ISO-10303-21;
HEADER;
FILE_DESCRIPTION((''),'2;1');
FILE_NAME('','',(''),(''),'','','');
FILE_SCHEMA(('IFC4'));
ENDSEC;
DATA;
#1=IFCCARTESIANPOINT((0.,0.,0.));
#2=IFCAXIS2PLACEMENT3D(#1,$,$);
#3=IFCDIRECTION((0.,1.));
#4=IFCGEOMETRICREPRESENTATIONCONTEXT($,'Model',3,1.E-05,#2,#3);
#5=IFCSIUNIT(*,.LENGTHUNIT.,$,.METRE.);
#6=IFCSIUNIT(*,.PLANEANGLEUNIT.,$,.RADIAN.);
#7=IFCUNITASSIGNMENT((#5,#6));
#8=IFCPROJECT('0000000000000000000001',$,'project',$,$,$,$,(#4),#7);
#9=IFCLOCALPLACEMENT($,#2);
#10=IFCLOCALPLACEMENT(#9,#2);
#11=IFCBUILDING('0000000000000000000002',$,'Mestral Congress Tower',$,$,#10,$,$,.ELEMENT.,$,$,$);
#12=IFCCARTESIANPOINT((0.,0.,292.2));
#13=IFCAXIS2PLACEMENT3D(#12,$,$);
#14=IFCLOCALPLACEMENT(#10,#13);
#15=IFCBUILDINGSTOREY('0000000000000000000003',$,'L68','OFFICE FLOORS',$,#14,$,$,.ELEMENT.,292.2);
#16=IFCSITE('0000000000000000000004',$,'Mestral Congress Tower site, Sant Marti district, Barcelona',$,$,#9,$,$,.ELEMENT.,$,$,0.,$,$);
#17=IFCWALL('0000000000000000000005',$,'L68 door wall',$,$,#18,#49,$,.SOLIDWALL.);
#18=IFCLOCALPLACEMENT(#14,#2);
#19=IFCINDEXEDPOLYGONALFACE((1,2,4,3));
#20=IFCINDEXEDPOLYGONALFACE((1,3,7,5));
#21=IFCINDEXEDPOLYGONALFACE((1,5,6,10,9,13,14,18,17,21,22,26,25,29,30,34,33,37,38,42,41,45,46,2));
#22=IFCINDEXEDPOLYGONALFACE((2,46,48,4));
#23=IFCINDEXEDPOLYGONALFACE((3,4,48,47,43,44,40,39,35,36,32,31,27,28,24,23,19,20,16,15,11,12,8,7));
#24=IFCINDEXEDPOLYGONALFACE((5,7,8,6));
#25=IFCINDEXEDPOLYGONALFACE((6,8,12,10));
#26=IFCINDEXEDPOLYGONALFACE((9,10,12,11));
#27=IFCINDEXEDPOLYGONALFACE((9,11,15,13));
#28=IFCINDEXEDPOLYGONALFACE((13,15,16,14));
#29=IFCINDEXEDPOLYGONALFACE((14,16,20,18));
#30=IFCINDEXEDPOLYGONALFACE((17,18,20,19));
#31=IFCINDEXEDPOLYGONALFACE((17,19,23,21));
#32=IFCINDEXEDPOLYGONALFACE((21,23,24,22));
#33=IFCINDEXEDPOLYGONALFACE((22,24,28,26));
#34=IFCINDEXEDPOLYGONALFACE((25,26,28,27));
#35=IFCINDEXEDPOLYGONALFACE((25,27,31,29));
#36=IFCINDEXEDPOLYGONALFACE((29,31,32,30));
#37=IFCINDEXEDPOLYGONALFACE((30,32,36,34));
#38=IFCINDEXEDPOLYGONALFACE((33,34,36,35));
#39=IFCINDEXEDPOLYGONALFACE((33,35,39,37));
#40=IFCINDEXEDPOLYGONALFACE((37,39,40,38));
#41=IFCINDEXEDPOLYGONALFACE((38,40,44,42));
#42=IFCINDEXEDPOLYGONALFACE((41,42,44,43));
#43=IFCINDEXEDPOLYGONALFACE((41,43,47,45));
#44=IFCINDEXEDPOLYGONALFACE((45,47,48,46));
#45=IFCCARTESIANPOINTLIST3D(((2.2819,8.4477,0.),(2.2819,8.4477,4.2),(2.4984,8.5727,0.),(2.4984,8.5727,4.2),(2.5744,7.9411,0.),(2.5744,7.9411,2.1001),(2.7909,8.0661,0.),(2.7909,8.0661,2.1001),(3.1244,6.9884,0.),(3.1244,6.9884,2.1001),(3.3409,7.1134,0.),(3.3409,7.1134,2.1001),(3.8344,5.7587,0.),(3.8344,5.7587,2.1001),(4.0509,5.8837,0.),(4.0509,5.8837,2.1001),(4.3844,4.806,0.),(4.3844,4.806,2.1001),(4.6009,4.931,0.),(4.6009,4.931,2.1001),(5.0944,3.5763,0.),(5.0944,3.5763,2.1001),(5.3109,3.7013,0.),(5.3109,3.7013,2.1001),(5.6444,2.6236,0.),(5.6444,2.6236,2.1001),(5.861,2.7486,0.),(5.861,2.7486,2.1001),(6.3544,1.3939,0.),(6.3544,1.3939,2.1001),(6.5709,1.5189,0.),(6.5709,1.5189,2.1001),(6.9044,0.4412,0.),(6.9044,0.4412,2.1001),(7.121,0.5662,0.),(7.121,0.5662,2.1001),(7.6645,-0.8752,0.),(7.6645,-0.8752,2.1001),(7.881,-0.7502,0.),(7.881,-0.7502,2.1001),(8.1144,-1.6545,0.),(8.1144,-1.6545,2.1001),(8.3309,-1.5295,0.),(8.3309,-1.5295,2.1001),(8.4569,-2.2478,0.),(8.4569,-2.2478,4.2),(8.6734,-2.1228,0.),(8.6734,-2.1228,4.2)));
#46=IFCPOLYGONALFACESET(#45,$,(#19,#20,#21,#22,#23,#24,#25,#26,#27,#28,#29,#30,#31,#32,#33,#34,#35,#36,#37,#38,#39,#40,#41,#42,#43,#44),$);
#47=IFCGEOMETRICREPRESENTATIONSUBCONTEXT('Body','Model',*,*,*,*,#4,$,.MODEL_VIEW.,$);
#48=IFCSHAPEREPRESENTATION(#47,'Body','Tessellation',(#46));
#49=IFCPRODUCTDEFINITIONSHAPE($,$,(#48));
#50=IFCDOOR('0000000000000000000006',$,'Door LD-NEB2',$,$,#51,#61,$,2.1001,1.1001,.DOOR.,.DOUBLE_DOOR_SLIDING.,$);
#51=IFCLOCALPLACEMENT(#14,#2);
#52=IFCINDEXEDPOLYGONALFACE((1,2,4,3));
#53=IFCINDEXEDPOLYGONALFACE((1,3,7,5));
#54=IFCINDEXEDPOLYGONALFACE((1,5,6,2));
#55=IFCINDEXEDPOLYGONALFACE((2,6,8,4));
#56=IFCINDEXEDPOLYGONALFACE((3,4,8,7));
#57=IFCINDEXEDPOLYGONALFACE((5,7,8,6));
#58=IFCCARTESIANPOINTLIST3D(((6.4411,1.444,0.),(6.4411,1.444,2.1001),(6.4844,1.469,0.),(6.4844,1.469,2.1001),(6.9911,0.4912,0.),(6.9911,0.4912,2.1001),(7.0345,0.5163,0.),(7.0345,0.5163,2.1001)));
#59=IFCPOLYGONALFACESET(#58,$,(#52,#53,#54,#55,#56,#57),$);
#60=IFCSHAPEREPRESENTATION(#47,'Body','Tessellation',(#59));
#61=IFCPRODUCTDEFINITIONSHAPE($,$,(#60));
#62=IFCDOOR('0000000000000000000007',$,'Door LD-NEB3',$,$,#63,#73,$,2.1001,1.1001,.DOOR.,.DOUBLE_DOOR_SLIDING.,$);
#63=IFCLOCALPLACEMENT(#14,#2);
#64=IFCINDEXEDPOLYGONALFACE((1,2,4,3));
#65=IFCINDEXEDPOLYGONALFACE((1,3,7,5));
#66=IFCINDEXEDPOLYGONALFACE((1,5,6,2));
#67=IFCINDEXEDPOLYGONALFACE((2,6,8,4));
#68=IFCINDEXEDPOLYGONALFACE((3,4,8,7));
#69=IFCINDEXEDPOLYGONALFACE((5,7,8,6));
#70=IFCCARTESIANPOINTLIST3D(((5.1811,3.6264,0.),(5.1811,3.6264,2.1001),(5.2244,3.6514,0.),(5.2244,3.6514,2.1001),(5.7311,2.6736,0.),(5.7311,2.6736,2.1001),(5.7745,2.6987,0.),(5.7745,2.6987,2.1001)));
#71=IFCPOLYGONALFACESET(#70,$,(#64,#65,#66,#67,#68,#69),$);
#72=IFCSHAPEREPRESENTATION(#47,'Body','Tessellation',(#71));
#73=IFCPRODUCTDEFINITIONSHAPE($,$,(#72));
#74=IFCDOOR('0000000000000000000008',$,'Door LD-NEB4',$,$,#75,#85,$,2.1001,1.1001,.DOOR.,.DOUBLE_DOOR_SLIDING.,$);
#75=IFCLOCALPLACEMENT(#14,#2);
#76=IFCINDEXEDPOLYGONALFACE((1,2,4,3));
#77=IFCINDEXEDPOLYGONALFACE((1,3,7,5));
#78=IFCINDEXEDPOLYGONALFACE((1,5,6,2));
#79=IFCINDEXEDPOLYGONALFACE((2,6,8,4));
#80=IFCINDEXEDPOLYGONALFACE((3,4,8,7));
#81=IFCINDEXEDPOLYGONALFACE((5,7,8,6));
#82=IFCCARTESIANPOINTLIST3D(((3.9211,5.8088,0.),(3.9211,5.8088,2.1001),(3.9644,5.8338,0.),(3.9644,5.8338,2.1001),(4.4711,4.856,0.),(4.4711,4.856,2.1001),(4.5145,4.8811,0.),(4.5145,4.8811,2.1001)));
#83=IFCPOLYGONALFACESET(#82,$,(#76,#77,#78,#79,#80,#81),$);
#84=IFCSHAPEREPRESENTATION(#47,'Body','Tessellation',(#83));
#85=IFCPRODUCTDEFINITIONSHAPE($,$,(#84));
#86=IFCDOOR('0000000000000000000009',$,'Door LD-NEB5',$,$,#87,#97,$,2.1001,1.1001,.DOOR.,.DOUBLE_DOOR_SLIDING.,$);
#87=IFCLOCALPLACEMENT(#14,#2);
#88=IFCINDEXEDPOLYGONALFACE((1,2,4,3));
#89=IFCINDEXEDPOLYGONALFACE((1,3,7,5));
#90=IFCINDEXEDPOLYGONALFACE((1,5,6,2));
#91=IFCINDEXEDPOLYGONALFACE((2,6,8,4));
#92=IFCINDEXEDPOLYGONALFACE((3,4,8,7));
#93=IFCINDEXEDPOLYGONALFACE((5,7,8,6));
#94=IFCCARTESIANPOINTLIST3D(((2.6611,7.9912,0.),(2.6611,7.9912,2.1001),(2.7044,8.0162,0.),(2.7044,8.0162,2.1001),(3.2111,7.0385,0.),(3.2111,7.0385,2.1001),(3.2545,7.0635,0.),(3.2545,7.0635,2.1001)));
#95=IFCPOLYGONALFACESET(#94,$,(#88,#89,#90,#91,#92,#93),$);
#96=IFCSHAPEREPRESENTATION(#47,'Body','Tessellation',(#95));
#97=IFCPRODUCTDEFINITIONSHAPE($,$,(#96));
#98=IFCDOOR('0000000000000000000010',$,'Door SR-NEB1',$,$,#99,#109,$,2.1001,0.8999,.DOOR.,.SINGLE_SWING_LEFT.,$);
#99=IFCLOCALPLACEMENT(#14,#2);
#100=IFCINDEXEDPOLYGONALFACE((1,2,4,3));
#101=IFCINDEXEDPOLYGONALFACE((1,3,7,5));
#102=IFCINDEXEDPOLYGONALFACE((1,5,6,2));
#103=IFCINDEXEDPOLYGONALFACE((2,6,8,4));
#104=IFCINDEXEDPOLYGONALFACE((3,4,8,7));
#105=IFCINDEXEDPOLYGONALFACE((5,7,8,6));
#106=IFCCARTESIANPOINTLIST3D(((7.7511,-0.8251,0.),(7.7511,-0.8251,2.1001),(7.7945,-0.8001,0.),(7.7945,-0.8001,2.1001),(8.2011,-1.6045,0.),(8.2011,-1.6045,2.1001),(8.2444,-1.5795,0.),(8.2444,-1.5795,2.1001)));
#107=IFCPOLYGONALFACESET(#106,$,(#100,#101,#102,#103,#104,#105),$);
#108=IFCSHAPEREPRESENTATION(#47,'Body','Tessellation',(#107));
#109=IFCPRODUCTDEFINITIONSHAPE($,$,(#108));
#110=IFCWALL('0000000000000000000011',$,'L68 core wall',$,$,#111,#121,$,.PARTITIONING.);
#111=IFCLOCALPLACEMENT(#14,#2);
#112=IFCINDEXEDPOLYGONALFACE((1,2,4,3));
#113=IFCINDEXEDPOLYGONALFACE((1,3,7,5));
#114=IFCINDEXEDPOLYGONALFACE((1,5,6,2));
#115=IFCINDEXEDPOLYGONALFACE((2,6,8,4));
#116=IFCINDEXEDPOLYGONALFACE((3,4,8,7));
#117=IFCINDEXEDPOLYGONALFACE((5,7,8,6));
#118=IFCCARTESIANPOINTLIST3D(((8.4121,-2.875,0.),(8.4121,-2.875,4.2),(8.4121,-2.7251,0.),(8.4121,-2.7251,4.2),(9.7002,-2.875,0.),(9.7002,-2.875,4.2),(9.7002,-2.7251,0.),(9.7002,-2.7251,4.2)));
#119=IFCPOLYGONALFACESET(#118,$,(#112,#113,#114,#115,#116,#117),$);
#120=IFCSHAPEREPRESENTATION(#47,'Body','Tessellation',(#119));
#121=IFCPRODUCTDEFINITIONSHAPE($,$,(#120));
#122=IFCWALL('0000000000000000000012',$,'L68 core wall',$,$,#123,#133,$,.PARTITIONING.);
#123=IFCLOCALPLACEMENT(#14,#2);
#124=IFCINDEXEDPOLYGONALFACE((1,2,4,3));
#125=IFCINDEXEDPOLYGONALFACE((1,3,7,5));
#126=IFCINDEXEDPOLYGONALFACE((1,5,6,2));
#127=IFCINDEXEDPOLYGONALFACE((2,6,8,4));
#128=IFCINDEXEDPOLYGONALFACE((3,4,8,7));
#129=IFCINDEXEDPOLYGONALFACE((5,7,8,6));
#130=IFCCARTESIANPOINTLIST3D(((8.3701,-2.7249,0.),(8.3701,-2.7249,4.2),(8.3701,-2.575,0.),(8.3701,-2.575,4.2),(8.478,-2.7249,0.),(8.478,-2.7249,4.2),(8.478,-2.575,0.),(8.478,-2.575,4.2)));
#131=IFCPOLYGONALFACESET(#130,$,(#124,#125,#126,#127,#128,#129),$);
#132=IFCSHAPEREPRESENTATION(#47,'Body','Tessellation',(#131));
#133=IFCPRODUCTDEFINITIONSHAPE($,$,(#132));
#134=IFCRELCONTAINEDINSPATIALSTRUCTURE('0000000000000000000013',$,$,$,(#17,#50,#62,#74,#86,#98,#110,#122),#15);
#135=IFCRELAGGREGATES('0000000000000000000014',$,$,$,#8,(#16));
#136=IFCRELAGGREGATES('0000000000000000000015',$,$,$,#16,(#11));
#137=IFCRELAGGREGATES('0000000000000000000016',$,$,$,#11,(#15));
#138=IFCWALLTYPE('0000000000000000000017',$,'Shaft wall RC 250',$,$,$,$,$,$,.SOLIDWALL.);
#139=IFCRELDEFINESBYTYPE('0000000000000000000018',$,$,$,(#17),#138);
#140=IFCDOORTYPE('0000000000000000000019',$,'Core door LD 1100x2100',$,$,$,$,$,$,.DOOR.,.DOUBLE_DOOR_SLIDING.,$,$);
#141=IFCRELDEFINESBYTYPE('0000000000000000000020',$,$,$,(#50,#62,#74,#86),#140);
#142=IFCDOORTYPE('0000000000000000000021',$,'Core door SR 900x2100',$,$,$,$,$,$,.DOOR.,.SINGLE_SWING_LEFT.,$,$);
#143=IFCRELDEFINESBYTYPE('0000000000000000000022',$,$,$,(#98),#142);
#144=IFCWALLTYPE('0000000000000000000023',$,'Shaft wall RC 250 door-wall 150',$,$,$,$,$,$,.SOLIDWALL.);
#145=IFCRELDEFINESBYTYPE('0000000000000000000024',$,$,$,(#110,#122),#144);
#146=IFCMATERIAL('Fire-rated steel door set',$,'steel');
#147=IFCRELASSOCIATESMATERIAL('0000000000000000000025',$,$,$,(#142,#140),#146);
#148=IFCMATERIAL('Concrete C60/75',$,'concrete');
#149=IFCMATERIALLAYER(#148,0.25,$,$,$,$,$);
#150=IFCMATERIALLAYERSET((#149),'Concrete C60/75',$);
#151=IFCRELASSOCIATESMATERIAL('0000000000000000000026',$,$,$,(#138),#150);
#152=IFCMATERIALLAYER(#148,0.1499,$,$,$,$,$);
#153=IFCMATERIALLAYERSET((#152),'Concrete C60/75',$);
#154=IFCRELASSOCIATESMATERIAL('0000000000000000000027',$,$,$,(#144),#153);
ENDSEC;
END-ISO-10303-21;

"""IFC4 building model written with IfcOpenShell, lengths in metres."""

from ifc_helpers import new_model, si_unit, direction, frame, frame_2d, origin, place, context, subcontext, project, spatial, rectangle, extrude, material, layer, layer_set, type_object, element, fill, save


model = new_model("IFC4")

# Units and contexts
model_context = context("Model", 3, precision=1e-05, world=origin(), true_north=direction((0.0, 1.0)))
body_context = subcontext(model_context, "Body", "Model", "MODEL_VIEW")
ifc_project = project(units=[si_unit("LENGTHUNIT", "METRE"), si_unit("PLANEANGLEUNIT", "RADIAN")], contexts=[model_context])

# Site, building, storey
site_placement = place(None, origin())
site = spatial("IfcSite", under=ifc_project, at=site_placement, Name="Mestral Congress Tower site, Sant Marti district, Barcelona", CompositionType="ELEMENT", RefElevation=0.0)
building_placement = place(site_placement, origin())
building = spatial("IfcBuilding", under=site, at=building_placement, Name="Mestral Congress Tower", CompositionType="ELEMENT")
storey_placement = place(building_placement, frame((0.0, 0.0, 292.2)))
storey = spatial("IfcBuildingStorey", under=building, at=storey_placement, Name="L68", Description="OFFICE FLOORS", CompositionType="ELEMENT", Elevation=292.2)

# Shared definitions
ifc_material_1 = material(Name="Fire-rated steel door set", Category="steel")
door_type_1 = type_object("IfcDoorType", Name="Core door SR 900x2100", OperationType="SINGLE_SWING_LEFT", PredefinedType="DOOR", material=ifc_material_1)

# Shared definitions
ifc_material_2 = material(Name="Concrete C60/75", Category="concrete")

# Shared definitions
ifc_layer_1 = layer(ifc_material_2, 0.25)
ifc_layer_set_1 = layer_set([ifc_layer_1], Name="Concrete C60/75")
wall_type_1 = type_object("IfcWallType", Name="Shaft wall RC 250", PredefinedType="SOLIDWALL", material=ifc_layer_set_1)

# Wall, openings, doors
wall_1_placement = place(storey_placement, frame((8.5652, -2.1853, 0.0), z_axis=(0.0, 0.0, 1.0), x_axis=(-0.499998, 0.866027, 0.0)))
wall_1 = element("IfcWall", 1, at=wall_1_placement, inside=storey, type_object=wall_type_1, Name="L68 door wall", PredefinedType="SOLIDWALL", context=body_context, shape_type="SweptSolid", body=[
    extrude(rectangle(XDim=12.3501, YDim=0.25, at=frame_2d((6.175, 0.0))), origin(), (0.0, 0.0, 1.0), 4.2),
])
opening_1_placement = place(wall_1_placement, frame((0.6851, 0.0, 0.0)))
opening_1 = element("IfcOpeningElement", 2, at=opening_1_placement, cuts=wall_1, PredefinedType="OPENING", context=body_context, shape_type="SweptSolid", body=[
    extrude(rectangle(XDim=0.8999, YDim=2.1001, at=frame_2d((0.45, 1.05))), frame((0.0, 0.135, 0.0), z_axis=(0.0, -1.0, 0.0), x_axis=(1.0, 0.0, 0.0)), (0.0, 0.0, 1.0), 0.27),
])
opening_2_placement = place(wall_1_placement, frame((3.105, 0.0, 0.0)))
opening_2 = element("IfcOpeningElement", 3, at=opening_2_placement, cuts=wall_1, PredefinedType="OPENING", context=body_context, shape_type="SweptSolid", body=[
    extrude(rectangle(XDim=1.1001, YDim=2.1001, at=frame_2d((0.55, 1.05))), frame((0.0, 0.135, 0.0), z_axis=(0.0, -1.0, 0.0), x_axis=(1.0, 0.0, 0.0)), (0.0, 0.0, 1.0), 0.27),
])
opening_3_placement = place(wall_1_placement, frame((5.625, 0.0, 0.0)))
opening_3 = element("IfcOpeningElement", 4, at=opening_3_placement, cuts=wall_1, PredefinedType="OPENING", context=body_context, shape_type="SweptSolid", body=[
    extrude(rectangle(XDim=1.1001, YDim=2.1001, at=frame_2d((0.55, 1.05))), frame((0.0, 0.135, 0.0), z_axis=(0.0, -1.0, 0.0), x_axis=(1.0, 0.0, 0.0)), (0.0, 0.0, 1.0), 0.27),
])
opening_4_placement = place(wall_1_placement, frame((8.145, 0.0, 0.0)))
opening_4 = element("IfcOpeningElement", 5, at=opening_4_placement, cuts=wall_1, PredefinedType="OPENING", context=body_context, shape_type="SweptSolid", body=[
    extrude(rectangle(XDim=1.1001, YDim=2.1001, at=frame_2d((0.55, 1.05))), frame((0.0, 0.135, 0.0), z_axis=(0.0, -1.0, 0.0), x_axis=(1.0, 0.0, 0.0)), (0.0, 0.0, 1.0), 0.27),
])
opening_5_placement = place(wall_1_placement, frame((10.665, 0.0, 0.0)))
opening_5 = element("IfcOpeningElement", 6, at=opening_5_placement, cuts=wall_1, PredefinedType="OPENING", context=body_context, shape_type="SweptSolid", body=[
    extrude(rectangle(XDim=1.1001, YDim=2.1001, at=frame_2d((0.55, 1.05))), frame((0.0, 0.135, 0.0), z_axis=(0.0, -1.0, 0.0), x_axis=(1.0, 0.0, 0.0)), (0.0, 0.0, 1.0), 0.27),
])
door_type_2 = type_object("IfcDoorType", Name="Core door LD 1100x2100", OperationType="DOUBLE_DOOR_SLIDING", PredefinedType="DOOR", material=ifc_material_1)
door_1_placement = place(opening_2_placement, origin())
door_1 = element("IfcDoor", 7, at=door_1_placement, inside=storey, type_object=door_type_2, Name="Door LD-NEB2", OperationType="DOUBLE_DOOR_SLIDING", OverallHeight=2.1001, OverallWidth=1.1001, PredefinedType="DOOR", context=body_context, shape_type="SweptSolid", body=[
    extrude(rectangle(XDim=1.1001, YDim=2.1001, at=frame_2d((0.55, 1.05))), frame((0.0, 0.0249, 0.0), z_axis=(0.0, -1.0, 0.0), x_axis=(1.0, 0.0, 0.0)), (0.0, 0.0, 1.0), 0.05),
])
fill(opening_2, door_1)
door_2_placement = place(opening_3_placement, origin())
door_2 = element("IfcDoor", 8, at=door_2_placement, inside=storey, type_object=door_type_2, Name="Door LD-NEB3", OperationType="DOUBLE_DOOR_SLIDING", OverallHeight=2.1001, OverallWidth=1.1001, PredefinedType="DOOR", context=body_context, shape_type="SweptSolid", body=[
    extrude(rectangle(XDim=1.1001, YDim=2.1001, at=frame_2d((0.55, 1.05))), frame((0.0, 0.0249, 0.0), z_axis=(0.0, -1.0, 0.0), x_axis=(1.0, 0.0, 0.0)), (0.0, 0.0, 1.0), 0.05),
])
fill(opening_3, door_2)
door_3_placement = place(opening_4_placement, origin())
door_3 = element("IfcDoor", 9, at=door_3_placement, inside=storey, type_object=door_type_2, Name="Door LD-NEB4", OperationType="DOUBLE_DOOR_SLIDING", OverallHeight=2.1001, OverallWidth=1.1001, PredefinedType="DOOR", context=body_context, shape_type="SweptSolid", body=[
    extrude(rectangle(XDim=1.1001, YDim=2.1001, at=frame_2d((0.55, 1.05))), frame((0.0, 0.0249, 0.0), z_axis=(0.0, -1.0, 0.0), x_axis=(1.0, 0.0, 0.0)), (0.0, 0.0, 1.0), 0.05),
])
fill(opening_4, door_3)
door_4_placement = place(opening_5_placement, origin())
door_4 = element("IfcDoor", 10, at=door_4_placement, inside=storey, type_object=door_type_2, Name="Door LD-NEB5", OperationType="DOUBLE_DOOR_SLIDING", OverallHeight=2.1001, OverallWidth=1.1001, PredefinedType="DOOR", context=body_context, shape_type="SweptSolid", body=[
    extrude(rectangle(XDim=1.1001, YDim=2.1001, at=frame_2d((0.55, 1.05))), frame((0.0, 0.0249, 0.0), z_axis=(0.0, -1.0, 0.0), x_axis=(1.0, 0.0, 0.0)), (0.0, 0.0, 1.0), 0.05),
])
fill(opening_5, door_4)
door_5_placement = place(opening_1_placement, origin())
door_5 = element("IfcDoor", 11, at=door_5_placement, inside=storey, type_object=door_type_1, Name="Door SR-NEB1", OperationType="SINGLE_SWING_LEFT", OverallHeight=2.1001, OverallWidth=0.8999, PredefinedType="DOOR", context=body_context, shape_type="SweptSolid", body=[
    extrude(rectangle(XDim=0.8999, YDim=2.1001, at=frame_2d((0.45, 1.05))), frame((0.0, 0.0249, 0.0), z_axis=(0.0, -1.0, 0.0), x_axis=(1.0, 0.0, 0.0)), (0.0, 0.0, 1.0), 0.05),
])
fill(opening_1, door_5)

# Walls
ifc_layer_2 = layer(ifc_material_2, 0.1499)
ifc_layer_set_2 = layer_set([ifc_layer_2], Name="Concrete C60/75")
wall_type_2 = type_object("IfcWallType", Name="Shaft wall RC 250 door-wall 150", PredefinedType="SOLIDWALL", material=ifc_layer_set_2)
wall_2_placement = place(storey_placement, frame((8.4121, -2.8, 0.0), z_axis=(0.0, 0.0, 1.0), x_axis=(1.0, 0.0, 0.0)))
element("IfcWall", 12, at=wall_2_placement, inside=storey, type_object=wall_type_2, Name="L68 core wall", PredefinedType="PARTITIONING", context=body_context, shape_type="SweptSolid", body=[
    extrude(rectangle(XDim=1.2881, YDim=0.1499, at=frame_2d((0.644, 0.0))), origin(), (0.0, 0.0, 1.0), 4.2),
])
wall_3_placement = place(storey_placement, frame((8.3701, -2.6499, 0.0), z_axis=(0.0, 0.0, 1.0), x_axis=(1.0, 0.0, 0.0)))
element("IfcWall", 13, at=wall_3_placement, inside=storey, type_object=wall_type_2, Name="L68 core wall", PredefinedType="PARTITIONING", context=body_context, shape_type="SweptSolid", body=[
    extrude(rectangle(XDim=0.1079, YDim=0.1499, at=frame_2d((0.054, 0.0))), origin(), (0.0, 0.0, 1.0), 4.2),
])

save(model, "model.ifc")
